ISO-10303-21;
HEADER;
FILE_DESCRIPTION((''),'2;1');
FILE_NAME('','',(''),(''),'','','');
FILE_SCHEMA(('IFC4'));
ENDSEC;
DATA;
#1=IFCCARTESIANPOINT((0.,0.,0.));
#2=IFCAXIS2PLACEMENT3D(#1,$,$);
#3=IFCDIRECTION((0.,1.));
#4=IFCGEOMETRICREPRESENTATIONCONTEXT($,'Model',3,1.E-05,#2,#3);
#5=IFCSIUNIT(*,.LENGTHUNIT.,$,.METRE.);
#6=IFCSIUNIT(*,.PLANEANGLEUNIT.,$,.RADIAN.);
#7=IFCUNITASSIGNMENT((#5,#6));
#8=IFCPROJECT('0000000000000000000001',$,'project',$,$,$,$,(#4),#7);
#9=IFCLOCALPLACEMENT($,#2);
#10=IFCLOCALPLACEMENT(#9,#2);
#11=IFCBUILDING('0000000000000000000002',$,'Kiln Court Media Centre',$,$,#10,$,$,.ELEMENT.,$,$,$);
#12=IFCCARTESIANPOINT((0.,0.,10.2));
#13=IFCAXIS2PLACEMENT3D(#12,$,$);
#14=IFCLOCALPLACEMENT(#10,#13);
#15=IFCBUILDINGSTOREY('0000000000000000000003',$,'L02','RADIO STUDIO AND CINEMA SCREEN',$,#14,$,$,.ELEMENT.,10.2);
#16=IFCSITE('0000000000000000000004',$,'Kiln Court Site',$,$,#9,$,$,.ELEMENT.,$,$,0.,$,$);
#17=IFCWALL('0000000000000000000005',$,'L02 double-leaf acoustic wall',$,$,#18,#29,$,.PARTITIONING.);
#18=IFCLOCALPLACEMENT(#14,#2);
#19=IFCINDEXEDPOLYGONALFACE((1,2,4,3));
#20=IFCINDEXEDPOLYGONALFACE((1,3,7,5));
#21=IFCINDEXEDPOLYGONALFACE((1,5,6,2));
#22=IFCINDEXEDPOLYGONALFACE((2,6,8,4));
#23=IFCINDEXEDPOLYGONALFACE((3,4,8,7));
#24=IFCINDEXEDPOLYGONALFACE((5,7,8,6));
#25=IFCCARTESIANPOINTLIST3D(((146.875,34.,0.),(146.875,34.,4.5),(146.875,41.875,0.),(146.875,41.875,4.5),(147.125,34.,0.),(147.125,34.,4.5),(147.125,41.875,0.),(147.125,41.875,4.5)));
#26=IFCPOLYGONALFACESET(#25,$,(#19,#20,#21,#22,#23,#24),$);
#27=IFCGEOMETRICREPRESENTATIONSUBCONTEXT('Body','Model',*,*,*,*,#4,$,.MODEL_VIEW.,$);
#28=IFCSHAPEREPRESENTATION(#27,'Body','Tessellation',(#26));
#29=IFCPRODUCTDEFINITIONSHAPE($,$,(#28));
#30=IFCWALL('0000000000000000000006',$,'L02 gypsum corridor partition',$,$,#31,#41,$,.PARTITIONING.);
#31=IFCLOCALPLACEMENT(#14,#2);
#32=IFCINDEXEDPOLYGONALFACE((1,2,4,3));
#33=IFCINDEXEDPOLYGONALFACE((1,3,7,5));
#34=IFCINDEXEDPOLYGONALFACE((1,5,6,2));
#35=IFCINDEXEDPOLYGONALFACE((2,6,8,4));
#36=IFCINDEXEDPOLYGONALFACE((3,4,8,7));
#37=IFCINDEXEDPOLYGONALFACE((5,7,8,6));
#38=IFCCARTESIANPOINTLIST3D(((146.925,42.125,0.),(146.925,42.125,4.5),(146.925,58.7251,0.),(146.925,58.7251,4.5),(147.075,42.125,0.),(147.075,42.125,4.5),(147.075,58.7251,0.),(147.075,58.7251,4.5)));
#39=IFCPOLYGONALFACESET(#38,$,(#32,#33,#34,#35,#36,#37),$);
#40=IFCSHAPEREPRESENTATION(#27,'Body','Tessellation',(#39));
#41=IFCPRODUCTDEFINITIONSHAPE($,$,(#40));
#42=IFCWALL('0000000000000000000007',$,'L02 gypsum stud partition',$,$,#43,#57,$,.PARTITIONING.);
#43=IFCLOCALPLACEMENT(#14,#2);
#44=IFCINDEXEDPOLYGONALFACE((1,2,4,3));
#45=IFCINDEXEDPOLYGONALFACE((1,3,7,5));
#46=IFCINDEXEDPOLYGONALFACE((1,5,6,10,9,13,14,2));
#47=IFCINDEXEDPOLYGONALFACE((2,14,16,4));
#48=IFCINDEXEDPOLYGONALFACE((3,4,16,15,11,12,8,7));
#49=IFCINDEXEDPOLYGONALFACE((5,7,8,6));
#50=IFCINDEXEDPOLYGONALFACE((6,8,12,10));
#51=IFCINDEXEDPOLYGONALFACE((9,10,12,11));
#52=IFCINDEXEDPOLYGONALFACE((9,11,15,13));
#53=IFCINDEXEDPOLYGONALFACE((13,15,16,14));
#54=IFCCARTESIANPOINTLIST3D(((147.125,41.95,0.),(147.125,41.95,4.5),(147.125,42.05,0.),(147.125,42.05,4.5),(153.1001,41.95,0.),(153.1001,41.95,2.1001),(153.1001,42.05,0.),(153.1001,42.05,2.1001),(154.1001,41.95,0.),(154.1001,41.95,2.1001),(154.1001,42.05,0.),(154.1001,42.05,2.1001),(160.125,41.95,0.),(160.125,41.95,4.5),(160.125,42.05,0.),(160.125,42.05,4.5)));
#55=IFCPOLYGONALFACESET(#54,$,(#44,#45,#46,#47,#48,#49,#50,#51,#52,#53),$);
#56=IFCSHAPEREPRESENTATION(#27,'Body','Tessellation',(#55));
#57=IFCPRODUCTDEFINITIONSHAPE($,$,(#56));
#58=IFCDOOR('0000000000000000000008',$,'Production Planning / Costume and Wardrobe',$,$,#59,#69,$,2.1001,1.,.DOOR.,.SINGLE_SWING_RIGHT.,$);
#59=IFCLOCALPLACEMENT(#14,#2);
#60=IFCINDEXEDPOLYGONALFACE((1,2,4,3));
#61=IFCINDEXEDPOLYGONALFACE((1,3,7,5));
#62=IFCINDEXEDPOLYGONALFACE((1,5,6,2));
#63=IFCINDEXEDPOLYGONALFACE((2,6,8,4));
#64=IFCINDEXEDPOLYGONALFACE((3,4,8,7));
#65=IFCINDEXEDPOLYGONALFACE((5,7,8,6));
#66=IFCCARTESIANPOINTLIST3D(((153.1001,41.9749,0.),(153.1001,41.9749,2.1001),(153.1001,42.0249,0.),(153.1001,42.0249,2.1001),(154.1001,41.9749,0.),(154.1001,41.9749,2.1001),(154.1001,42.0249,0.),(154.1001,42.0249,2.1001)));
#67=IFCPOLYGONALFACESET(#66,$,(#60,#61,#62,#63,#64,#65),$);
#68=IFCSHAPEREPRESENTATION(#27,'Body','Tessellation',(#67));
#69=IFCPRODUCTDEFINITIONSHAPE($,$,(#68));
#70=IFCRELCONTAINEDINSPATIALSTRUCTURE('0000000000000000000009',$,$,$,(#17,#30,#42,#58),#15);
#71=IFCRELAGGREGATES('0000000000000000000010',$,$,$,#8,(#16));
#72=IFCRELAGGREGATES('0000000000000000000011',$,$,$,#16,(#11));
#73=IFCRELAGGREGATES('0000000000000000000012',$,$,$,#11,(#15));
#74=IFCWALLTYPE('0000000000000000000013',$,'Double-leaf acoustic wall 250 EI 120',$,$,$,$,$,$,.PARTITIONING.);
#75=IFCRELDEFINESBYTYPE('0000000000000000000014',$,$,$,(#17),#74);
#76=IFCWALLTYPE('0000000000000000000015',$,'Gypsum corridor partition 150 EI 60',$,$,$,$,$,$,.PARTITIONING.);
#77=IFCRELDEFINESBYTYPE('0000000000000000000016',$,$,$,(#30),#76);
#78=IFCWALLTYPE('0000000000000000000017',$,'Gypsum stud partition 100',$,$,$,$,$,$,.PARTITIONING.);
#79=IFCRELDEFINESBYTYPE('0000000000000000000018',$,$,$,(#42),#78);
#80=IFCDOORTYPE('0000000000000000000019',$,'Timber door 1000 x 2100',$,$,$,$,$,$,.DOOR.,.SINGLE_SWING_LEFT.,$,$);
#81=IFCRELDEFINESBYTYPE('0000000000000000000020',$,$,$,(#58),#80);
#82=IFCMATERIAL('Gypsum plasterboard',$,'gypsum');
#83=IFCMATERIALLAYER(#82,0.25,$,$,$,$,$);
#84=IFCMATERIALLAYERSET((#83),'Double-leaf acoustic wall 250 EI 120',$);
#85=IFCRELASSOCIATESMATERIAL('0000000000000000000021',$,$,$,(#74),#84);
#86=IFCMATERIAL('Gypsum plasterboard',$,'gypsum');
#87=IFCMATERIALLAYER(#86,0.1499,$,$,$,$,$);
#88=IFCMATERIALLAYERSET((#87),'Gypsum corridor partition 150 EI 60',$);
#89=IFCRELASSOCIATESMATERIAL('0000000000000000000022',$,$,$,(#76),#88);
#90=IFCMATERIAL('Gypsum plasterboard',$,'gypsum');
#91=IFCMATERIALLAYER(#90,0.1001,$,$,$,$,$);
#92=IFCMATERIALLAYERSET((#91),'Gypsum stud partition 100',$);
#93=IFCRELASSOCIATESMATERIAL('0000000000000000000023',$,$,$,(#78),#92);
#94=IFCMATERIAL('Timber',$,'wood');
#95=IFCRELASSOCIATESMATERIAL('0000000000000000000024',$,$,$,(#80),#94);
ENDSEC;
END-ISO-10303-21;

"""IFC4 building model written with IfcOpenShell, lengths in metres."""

from ifc_helpers import new_model, si_unit, direction, frame, frame_2d, origin, place, context, subcontext, project, spatial, rectangle, extrude, material, layer, layer_set, type_object, element, fill, save


model = new_model("IFC4")

# Units and contexts
model_context = context("Model", 3, precision=1e-05, world=origin(), true_north=direction((0.0, 1.0)))
body_context = subcontext(model_context, "Body", "Model", "MODEL_VIEW")
ifc_project = project(units=[si_unit("LENGTHUNIT", "METRE"), si_unit("PLANEANGLEUNIT", "RADIAN")], contexts=[model_context])

# Site, building, storey
site_placement = place(None, origin())
site = spatial("IfcSite", under=ifc_project, at=site_placement, Name="Kiln Court Site", CompositionType="ELEMENT", RefElevation=0.0)
building_placement = place(site_placement, origin())
building = spatial("IfcBuilding", under=site, at=building_placement, Name="Kiln Court Media Centre", CompositionType="ELEMENT")
storey_placement = place(building_placement, frame((0.0, 0.0, 10.2)))
storey = spatial("IfcBuildingStorey", under=building, at=storey_placement, Name="L02", Description="RADIO STUDIO AND CINEMA SCREEN", CompositionType="ELEMENT", Elevation=10.2)

# Walls
ifc_material_1 = material(Name="Gypsum plasterboard", Category="gypsum")
ifc_layer_1 = layer(ifc_material_1, 0.25)
ifc_layer_set_1 = layer_set([ifc_layer_1], Name="Double-leaf acoustic wall 250 EI 120")
wall_type_1 = type_object("IfcWallType", Name="Double-leaf acoustic wall 250 EI 120", PredefinedType="PARTITIONING", material=ifc_layer_set_1)
wall_1_placement = place(storey_placement, frame((147.0, 34.0, 0.0), z_axis=(0.0, 0.0, 1.0), x_axis=(0.0, 1.0, 0.0)))
element("IfcWall", 1, at=wall_1_placement, inside=storey, type_object=wall_type_1, Name="L02 double-leaf acoustic wall", PredefinedType="PARTITIONING", context=body_context, shape_type="SweptSolid", body=[
    extrude(rectangle(XDim=7.875, YDim=0.25, at=frame_2d((3.9375, 0.0))), origin(), (0.0, 0.0, 1.0), 4.5),
])
ifc_material_2 = material(Name="Gypsum plasterboard", Category="gypsum")
ifc_layer_2 = layer(ifc_material_2, 0.1499)
ifc_layer_set_2 = layer_set([ifc_layer_2], Name="Gypsum corridor partition 150 EI 60")
wall_type_2 = type_object("IfcWallType", Name="Gypsum corridor partition 150 EI 60", PredefinedType="PARTITIONING", material=ifc_layer_set_2)
wall_2_placement = place(storey_placement, frame((147.0, 42.125, 0.0), z_axis=(0.0, 0.0, 1.0), x_axis=(0.0, 1.0, 0.0)))
element("IfcWall", 2, at=wall_2_placement, inside=storey, type_object=wall_type_2, Name="L02 gypsum corridor partition", PredefinedType="PARTITIONING", context=body_context, shape_type="SweptSolid", body=[
    extrude(rectangle(XDim=16.6001, YDim=0.1499, at=frame_2d((8.3, 0.0))), origin(), (0.0, 0.0, 1.0), 4.5),
])

# Wall, opening, door
ifc_material_3 = material(Name="Gypsum plasterboard", Category="gypsum")
ifc_layer_3 = layer(ifc_material_3, 0.1001)
ifc_layer_set_3 = layer_set([ifc_layer_3], Name="Gypsum stud partition 100")
wall_type_3 = type_object("IfcWallType", Name="Gypsum stud partition 100", PredefinedType="PARTITIONING", material=ifc_layer_set_3)
wall_3_placement = place(storey_placement, frame((147.125, 42.0, 0.0), z_axis=(0.0, 0.0, 1.0), x_axis=(1.0, 0.0, 0.0)))
wall_3 = element("IfcWall", 3, at=wall_3_placement, inside=storey, type_object=wall_type_3, Name="L02 gypsum stud partition", PredefinedType="PARTITIONING", context=body_context, shape_type="SweptSolid", body=[
    extrude(rectangle(XDim=13.0, YDim=0.1001, at=frame_2d((6.5, 0.0))), origin(), (0.0, 0.0, 1.0), 4.5),
])
opening_placement = place(wall_3_placement, frame((5.9751, 0.0, 0.0)))
opening = element("IfcOpeningElement", 4, at=opening_placement, cuts=wall_3, PredefinedType="OPENING", context=body_context, shape_type="SweptSolid", body=[
    extrude(rectangle(XDim=1.0, YDim=2.1001, at=frame_2d((0.5, 1.05))), frame((0.0, 0.0601, 0.0), z_axis=(0.0, -1.0, 0.0), x_axis=(1.0, 0.0, 0.0)), (0.0, 0.0, 1.0), 0.1201),
])
ifc_material_4 = material(Name="Timber", Category="wood")
door_type = type_object("IfcDoorType", Name="Timber door 1000 x 2100", OperationType="SINGLE_SWING_LEFT", PredefinedType="DOOR", material=ifc_material_4)
door_placement = place(opening_placement, origin())
door = element("IfcDoor", 5, at=door_placement, inside=storey, type_object=door_type, Name="Production Planning / Costume and Wardrobe", OperationType="SINGLE_SWING_RIGHT", OverallHeight=2.1001, OverallWidth=1.0, PredefinedType="DOOR", context=body_context, shape_type="SweptSolid", body=[
    extrude(rectangle(XDim=1.0, YDim=2.1001, at=frame_2d((0.5, 1.05))), frame((0.0, 0.0249, 0.0), z_axis=(0.0, -1.0, 0.0), x_axis=(1.0, 0.0, 0.0)), (0.0, 0.0, 1.0), 0.05),
])
fill(opening, door)

save(model, "model.ifc")
